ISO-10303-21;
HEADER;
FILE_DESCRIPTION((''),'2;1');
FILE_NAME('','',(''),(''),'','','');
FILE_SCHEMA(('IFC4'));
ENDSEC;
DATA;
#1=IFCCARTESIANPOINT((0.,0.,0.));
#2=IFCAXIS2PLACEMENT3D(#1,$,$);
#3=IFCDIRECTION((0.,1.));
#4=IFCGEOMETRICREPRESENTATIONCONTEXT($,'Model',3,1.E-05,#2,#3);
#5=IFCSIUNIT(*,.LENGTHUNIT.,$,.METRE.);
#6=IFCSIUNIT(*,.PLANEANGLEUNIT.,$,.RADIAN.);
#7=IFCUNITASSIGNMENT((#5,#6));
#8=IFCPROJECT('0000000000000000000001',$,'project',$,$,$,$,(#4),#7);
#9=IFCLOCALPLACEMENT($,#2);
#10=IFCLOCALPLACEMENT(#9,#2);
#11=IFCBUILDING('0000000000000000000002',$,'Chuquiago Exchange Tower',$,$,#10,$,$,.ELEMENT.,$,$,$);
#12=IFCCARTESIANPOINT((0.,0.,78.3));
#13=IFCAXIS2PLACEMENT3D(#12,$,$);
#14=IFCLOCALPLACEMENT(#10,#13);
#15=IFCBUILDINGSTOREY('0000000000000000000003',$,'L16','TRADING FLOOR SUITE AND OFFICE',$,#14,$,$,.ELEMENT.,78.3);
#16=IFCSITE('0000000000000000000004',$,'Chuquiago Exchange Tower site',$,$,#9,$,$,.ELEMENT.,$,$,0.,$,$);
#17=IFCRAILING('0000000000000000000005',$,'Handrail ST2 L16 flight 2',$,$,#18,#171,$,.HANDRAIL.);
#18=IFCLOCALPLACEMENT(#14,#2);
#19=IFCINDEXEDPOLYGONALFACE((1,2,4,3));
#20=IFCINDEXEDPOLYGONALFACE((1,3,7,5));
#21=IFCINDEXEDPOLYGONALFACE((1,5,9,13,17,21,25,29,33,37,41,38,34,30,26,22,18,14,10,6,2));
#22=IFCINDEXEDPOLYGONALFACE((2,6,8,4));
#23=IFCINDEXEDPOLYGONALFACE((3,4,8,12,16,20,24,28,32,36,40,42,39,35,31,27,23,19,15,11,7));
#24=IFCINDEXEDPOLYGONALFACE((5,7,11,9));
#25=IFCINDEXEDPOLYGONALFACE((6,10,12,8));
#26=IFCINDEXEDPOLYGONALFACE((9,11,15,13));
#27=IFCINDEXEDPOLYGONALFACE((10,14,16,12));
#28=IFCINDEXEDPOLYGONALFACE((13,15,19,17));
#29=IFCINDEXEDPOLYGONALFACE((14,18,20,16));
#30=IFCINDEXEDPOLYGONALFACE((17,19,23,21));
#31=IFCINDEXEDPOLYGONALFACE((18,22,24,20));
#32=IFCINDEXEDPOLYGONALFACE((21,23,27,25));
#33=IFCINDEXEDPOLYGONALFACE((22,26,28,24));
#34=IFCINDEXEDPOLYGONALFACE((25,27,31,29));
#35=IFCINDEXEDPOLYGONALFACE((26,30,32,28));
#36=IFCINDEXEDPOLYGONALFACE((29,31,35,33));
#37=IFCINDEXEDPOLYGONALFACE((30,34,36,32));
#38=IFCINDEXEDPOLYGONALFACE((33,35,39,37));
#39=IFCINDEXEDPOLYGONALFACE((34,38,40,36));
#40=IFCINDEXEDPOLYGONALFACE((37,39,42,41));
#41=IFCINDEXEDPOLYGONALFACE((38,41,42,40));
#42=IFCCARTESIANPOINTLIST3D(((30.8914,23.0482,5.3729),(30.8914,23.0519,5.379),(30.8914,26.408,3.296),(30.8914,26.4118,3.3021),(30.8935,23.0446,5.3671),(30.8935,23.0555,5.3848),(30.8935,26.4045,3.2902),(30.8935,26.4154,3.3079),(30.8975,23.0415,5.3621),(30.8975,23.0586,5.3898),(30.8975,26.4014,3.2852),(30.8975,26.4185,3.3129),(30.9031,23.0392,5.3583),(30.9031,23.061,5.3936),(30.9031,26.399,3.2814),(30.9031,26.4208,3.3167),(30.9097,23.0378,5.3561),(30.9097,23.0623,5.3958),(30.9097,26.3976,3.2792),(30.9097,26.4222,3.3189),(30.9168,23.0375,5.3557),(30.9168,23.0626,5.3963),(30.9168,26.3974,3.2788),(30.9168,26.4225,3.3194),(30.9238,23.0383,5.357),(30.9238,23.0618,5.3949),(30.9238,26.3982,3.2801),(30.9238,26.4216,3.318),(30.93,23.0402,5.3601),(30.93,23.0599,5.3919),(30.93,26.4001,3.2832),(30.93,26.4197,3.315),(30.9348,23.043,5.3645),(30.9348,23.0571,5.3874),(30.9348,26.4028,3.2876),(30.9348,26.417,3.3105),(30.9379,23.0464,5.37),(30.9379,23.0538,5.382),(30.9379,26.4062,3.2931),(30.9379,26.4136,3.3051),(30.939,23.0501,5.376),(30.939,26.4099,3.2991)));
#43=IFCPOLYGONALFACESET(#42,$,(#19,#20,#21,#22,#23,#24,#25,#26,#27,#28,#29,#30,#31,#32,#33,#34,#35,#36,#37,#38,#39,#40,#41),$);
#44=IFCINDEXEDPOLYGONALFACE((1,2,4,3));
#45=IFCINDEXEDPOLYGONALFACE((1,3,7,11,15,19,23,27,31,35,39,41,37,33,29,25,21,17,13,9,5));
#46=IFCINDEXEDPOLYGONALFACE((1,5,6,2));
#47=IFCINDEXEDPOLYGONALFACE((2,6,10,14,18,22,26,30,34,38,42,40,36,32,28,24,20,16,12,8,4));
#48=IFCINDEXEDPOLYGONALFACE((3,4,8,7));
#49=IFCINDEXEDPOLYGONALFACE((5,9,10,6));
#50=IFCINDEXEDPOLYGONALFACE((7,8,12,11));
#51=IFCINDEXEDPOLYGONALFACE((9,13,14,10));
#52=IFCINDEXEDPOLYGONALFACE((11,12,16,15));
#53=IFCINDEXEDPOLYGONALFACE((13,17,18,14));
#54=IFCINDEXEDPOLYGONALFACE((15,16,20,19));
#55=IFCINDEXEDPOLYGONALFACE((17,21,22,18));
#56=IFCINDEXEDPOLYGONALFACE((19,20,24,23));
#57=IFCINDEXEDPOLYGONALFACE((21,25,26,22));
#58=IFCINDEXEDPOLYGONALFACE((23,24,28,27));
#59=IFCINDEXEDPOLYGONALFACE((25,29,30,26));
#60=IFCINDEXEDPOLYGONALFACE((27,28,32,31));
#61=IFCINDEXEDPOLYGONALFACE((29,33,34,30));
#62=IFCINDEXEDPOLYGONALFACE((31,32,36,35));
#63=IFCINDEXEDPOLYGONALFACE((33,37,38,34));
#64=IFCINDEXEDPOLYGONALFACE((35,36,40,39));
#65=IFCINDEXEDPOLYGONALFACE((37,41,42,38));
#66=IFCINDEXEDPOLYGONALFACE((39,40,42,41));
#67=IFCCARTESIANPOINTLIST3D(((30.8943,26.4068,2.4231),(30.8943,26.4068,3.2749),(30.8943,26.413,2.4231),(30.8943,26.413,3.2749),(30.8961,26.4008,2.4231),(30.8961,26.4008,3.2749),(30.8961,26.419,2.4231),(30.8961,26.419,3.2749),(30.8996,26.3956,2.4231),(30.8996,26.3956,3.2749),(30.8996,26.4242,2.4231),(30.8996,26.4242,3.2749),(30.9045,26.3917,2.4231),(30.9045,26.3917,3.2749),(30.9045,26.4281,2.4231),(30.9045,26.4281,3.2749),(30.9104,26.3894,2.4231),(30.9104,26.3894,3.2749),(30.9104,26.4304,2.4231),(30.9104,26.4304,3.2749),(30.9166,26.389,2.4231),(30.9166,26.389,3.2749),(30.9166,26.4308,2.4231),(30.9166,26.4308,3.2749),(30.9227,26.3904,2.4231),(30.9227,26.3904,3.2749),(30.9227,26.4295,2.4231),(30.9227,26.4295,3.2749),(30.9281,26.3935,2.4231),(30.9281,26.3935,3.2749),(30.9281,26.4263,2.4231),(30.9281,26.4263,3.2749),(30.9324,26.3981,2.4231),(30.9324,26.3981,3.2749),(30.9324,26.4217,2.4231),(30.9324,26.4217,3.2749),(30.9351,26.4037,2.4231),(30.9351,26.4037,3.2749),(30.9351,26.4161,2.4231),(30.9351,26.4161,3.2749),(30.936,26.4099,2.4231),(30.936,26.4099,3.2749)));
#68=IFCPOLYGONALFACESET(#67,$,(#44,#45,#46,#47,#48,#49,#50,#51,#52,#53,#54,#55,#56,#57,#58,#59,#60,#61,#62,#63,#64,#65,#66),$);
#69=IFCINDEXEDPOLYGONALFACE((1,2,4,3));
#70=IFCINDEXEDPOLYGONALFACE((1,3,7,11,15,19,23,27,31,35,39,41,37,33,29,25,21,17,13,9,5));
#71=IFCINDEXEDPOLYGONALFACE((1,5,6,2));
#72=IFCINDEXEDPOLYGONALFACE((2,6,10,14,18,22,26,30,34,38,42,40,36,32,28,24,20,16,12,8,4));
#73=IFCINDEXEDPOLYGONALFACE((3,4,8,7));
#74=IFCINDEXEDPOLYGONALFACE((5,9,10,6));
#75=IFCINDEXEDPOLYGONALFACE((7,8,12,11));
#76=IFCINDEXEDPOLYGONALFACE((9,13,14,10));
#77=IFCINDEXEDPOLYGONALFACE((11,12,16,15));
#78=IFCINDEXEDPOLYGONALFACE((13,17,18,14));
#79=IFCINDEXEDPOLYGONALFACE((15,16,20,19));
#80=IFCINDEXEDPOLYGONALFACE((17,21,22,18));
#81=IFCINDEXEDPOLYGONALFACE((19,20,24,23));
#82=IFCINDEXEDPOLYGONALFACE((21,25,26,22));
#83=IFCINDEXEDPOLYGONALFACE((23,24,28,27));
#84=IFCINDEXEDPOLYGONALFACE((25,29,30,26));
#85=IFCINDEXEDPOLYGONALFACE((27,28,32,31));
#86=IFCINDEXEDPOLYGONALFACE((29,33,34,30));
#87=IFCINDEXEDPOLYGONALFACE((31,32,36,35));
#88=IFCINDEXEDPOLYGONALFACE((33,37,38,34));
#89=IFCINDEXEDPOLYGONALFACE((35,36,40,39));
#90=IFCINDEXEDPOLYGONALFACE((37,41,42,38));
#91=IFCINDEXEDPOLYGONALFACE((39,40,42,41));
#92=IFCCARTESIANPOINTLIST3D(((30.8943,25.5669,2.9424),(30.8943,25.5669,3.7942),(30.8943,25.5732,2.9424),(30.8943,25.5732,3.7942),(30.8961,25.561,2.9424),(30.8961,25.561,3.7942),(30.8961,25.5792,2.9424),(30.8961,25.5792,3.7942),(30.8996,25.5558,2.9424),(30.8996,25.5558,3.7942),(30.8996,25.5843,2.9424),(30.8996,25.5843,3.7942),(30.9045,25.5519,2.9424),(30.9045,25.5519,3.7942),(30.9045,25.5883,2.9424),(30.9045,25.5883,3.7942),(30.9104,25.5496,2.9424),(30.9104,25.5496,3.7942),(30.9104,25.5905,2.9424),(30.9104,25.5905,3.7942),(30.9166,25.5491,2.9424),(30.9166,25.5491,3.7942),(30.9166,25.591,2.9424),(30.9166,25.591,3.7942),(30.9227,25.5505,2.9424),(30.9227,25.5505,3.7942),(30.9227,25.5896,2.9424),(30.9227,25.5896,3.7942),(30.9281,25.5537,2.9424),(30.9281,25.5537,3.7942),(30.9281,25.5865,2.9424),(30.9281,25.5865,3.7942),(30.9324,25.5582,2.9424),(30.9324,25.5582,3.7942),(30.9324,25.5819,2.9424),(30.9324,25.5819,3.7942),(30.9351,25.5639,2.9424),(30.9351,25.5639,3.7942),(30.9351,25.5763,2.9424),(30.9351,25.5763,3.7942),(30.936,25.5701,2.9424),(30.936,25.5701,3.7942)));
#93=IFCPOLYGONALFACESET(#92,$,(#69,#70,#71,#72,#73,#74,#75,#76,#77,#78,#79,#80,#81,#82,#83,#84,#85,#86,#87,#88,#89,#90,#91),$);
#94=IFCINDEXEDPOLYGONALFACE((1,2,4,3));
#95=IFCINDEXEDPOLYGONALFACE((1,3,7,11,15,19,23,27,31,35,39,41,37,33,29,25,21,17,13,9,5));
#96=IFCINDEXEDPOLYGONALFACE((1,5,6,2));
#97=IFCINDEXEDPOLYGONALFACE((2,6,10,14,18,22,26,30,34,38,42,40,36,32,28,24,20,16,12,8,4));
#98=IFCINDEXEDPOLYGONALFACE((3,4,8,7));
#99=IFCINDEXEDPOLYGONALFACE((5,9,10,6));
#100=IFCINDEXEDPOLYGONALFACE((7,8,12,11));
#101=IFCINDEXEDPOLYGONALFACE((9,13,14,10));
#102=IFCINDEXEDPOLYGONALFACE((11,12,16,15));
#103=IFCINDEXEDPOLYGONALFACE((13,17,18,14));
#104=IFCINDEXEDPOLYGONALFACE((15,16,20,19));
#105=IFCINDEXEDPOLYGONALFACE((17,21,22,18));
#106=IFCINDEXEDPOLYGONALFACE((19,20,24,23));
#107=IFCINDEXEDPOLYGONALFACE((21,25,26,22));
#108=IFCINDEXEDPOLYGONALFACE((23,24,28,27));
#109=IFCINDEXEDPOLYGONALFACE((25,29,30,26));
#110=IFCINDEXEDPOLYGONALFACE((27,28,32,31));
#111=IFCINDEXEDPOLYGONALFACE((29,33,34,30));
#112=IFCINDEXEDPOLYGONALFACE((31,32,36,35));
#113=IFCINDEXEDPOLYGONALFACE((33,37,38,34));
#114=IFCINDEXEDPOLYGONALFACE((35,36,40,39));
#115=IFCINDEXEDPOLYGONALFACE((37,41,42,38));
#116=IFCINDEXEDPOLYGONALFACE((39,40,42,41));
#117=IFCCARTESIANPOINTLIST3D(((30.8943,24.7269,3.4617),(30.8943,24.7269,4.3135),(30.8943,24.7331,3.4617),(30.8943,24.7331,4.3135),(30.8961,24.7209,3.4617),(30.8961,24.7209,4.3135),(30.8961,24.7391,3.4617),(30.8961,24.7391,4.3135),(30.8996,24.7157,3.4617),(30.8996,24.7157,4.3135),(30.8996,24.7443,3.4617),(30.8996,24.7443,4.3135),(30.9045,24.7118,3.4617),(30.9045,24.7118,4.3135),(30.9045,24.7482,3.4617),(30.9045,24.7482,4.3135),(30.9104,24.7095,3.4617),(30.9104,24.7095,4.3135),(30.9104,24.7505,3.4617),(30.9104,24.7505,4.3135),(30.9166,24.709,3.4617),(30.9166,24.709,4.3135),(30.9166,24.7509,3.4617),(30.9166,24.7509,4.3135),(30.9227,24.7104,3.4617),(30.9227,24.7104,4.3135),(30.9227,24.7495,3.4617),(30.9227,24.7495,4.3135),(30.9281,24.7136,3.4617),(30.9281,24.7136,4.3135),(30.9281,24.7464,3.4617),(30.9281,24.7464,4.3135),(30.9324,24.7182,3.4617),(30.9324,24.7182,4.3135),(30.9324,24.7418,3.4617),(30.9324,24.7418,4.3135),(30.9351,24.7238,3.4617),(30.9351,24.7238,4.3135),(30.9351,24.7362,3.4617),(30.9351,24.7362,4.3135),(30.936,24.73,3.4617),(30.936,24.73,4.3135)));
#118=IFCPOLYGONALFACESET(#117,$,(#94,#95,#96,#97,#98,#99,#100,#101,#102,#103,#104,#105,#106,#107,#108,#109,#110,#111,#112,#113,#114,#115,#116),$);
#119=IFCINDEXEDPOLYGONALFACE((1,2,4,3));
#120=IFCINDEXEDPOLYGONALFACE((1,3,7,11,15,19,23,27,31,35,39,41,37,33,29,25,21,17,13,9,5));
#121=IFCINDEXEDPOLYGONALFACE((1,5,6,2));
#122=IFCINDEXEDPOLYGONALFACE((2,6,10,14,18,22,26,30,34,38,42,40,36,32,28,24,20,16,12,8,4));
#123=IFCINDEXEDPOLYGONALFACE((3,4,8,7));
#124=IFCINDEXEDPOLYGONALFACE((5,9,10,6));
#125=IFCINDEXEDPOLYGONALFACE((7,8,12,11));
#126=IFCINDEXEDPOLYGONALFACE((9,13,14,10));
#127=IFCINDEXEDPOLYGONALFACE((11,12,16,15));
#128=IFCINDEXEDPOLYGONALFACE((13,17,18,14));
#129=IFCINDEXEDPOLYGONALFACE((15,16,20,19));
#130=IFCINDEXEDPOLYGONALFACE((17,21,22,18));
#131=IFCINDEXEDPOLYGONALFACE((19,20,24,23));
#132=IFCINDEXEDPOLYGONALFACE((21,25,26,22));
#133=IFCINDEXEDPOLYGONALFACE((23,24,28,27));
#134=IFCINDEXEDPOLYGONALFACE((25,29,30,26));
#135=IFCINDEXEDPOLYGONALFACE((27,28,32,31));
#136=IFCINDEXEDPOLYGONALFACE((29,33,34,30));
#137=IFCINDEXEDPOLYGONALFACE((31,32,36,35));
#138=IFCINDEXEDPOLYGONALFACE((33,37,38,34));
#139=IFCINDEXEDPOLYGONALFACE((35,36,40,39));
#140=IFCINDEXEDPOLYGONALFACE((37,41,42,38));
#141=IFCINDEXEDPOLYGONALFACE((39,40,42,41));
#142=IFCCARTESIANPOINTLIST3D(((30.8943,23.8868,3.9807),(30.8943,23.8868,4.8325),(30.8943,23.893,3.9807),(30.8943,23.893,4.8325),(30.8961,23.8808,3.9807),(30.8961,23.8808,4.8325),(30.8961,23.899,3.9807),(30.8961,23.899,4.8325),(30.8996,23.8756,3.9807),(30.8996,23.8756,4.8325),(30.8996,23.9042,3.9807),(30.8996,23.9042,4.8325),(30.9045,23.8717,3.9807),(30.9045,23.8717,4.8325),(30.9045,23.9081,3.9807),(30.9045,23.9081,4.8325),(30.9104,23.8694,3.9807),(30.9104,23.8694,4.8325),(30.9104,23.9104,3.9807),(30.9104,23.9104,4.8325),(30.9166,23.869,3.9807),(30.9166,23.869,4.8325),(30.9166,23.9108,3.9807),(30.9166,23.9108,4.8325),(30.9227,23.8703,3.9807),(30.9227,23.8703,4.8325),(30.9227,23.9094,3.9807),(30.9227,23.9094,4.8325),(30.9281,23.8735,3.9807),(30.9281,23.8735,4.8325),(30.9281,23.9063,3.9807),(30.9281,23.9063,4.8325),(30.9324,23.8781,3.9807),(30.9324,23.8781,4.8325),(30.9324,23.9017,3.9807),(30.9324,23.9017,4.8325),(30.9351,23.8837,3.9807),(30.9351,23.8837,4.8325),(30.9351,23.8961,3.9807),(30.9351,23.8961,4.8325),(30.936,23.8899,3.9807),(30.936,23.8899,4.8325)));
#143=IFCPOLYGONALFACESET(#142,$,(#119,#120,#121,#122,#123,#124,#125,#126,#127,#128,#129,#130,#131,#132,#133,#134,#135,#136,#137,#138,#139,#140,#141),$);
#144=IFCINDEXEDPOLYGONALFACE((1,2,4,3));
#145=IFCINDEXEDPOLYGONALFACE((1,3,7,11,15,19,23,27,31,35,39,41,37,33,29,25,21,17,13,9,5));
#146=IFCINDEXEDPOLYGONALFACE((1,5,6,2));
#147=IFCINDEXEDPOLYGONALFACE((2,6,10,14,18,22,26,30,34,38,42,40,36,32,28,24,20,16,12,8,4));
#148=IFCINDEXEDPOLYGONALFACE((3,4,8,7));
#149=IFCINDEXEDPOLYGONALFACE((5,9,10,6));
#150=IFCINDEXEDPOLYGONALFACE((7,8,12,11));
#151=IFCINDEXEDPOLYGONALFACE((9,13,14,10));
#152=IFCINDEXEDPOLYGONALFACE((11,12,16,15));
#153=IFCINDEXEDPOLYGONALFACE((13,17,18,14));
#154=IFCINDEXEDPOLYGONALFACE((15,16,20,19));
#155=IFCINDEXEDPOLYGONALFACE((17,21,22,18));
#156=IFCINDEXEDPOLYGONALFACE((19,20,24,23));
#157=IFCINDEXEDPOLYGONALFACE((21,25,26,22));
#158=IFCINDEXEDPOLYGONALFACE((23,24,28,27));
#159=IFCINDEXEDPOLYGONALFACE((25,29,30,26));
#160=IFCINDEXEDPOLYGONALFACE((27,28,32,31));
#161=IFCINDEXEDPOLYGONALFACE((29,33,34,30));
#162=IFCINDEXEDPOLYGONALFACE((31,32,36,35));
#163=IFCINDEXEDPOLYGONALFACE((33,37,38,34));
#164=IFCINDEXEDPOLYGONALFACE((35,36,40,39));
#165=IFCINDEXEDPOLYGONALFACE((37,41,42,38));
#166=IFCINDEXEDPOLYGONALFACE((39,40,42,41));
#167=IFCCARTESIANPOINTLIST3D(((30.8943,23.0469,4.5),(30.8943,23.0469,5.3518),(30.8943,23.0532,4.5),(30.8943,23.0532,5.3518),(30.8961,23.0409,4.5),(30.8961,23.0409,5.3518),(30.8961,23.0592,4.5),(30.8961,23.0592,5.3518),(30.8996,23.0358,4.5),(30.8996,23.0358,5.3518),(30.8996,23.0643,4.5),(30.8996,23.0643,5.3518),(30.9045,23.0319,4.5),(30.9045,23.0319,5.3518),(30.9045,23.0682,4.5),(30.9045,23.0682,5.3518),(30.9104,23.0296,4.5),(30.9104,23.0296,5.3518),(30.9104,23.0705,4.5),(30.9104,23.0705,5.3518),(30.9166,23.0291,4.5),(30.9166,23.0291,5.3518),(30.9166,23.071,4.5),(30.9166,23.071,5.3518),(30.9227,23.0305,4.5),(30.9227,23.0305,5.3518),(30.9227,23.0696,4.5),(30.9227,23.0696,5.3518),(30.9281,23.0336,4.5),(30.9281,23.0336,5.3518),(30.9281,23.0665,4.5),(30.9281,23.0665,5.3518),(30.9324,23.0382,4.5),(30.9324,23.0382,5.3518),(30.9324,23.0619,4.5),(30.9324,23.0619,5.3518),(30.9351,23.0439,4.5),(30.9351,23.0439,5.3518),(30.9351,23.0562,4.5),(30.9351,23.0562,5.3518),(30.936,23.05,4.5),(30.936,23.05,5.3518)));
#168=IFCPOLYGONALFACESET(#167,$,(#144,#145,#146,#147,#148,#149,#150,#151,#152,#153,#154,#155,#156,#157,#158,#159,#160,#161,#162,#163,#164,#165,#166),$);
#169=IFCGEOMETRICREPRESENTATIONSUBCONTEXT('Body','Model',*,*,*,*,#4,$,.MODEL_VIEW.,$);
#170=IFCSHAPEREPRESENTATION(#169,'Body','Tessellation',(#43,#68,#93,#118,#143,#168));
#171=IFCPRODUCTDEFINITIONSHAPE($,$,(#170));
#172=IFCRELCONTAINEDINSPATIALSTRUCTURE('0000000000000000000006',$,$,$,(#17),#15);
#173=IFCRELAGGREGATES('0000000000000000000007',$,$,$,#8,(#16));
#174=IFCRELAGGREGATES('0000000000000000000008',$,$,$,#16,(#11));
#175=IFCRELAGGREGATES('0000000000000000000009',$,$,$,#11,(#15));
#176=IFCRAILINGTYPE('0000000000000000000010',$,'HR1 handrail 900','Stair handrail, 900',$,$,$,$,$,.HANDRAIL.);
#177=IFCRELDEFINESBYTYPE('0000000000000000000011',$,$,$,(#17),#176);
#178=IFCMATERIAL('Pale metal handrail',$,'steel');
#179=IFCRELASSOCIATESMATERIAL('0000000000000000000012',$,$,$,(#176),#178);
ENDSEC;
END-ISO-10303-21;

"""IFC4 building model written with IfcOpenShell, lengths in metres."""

from ifc_helpers import new_model, si_unit, direction, frame, origin, origin_2d, place, context, subcontext, project, spatial, circle, extrude, material, type_object, element, save


model = new_model("IFC4")

# Units and contexts
model_context = context("Model", 3, precision=1e-05, world=origin(), true_north=direction((0.0, 1.0)))
body_context = subcontext(model_context, "Body", "Model", "MODEL_VIEW")
ifc_project = project(units=[si_unit("LENGTHUNIT", "METRE"), si_unit("PLANEANGLEUNIT", "RADIAN")], contexts=[model_context])

# Site, building, storey
site_placement = place(None, origin())
site = spatial("IfcSite", under=ifc_project, at=site_placement, Name="Chuquiago Exchange Tower site", CompositionType="ELEMENT", RefElevation=0.0)
building_placement = place(site_placement, origin())
building = spatial("IfcBuilding", under=site, at=building_placement, Name="Chuquiago Exchange Tower", CompositionType="ELEMENT")
storey_placement = place(building_placement, frame((0.0, 0.0, 78.3)))
storey = spatial("IfcBuildingStorey", under=building, at=storey_placement, Name="L16", Description="TRADING FLOOR SUITE AND OFFICE", CompositionType="ELEMENT", Elevation=78.3)

# Railing
ifc_material_1 = material(Name="Pale metal handrail", Category="steel")
railing_type_1 = type_object("IfcRailingType", Name="HR1 handrail 900", Description="Stair handrail, 900", PredefinedType="HANDRAIL", material=ifc_material_1)
for number, where, name in (
    (1, (30.915, 26.4099, 2.4231), "Handrail ST2 L16 flight 2"),
):
    element("IfcRailing", number, at=place(storey_placement, frame(where)), inside=storey, type_object=railing_type_1, Name=name, PredefinedType="HANDRAIL", context=body_context, shape_type="SweptSolid", body=[
        extrude(circle(Radius=0.0239, at=origin_2d()), frame((0.0, 0.0, 0.876), z_axis=(0.0, -0.850606, 0.525803), x_axis=(1.0, 0.0, 0.0)), (0.0, 0.0, 1.0), 3.95),
        extrude(circle(Radius=0.021, at=origin_2d()), origin(), (0.0, 0.0, 1.0), 0.8518),
        extrude(circle(Radius=0.021, at=origin_2d()), frame((0.0, -0.8398, 0.5193)), (0.0, 0.0, 1.0), 0.8518),
        extrude(circle(Radius=0.021, at=origin_2d()), frame((0.0, -1.6799, 1.0386)), (0.0, 0.0, 1.0), 0.8518),
        extrude(circle(Radius=0.021, at=origin_2d()), frame((0.0, -2.52, 1.5576)), (0.0, 0.0, 1.0), 0.8518),
        extrude(circle(Radius=0.021, at=origin_2d()), frame((0.0, -3.3599, 2.0769)), (0.0, 0.0, 1.0), 0.8518),
    ])

save(model, "model.ifc")
